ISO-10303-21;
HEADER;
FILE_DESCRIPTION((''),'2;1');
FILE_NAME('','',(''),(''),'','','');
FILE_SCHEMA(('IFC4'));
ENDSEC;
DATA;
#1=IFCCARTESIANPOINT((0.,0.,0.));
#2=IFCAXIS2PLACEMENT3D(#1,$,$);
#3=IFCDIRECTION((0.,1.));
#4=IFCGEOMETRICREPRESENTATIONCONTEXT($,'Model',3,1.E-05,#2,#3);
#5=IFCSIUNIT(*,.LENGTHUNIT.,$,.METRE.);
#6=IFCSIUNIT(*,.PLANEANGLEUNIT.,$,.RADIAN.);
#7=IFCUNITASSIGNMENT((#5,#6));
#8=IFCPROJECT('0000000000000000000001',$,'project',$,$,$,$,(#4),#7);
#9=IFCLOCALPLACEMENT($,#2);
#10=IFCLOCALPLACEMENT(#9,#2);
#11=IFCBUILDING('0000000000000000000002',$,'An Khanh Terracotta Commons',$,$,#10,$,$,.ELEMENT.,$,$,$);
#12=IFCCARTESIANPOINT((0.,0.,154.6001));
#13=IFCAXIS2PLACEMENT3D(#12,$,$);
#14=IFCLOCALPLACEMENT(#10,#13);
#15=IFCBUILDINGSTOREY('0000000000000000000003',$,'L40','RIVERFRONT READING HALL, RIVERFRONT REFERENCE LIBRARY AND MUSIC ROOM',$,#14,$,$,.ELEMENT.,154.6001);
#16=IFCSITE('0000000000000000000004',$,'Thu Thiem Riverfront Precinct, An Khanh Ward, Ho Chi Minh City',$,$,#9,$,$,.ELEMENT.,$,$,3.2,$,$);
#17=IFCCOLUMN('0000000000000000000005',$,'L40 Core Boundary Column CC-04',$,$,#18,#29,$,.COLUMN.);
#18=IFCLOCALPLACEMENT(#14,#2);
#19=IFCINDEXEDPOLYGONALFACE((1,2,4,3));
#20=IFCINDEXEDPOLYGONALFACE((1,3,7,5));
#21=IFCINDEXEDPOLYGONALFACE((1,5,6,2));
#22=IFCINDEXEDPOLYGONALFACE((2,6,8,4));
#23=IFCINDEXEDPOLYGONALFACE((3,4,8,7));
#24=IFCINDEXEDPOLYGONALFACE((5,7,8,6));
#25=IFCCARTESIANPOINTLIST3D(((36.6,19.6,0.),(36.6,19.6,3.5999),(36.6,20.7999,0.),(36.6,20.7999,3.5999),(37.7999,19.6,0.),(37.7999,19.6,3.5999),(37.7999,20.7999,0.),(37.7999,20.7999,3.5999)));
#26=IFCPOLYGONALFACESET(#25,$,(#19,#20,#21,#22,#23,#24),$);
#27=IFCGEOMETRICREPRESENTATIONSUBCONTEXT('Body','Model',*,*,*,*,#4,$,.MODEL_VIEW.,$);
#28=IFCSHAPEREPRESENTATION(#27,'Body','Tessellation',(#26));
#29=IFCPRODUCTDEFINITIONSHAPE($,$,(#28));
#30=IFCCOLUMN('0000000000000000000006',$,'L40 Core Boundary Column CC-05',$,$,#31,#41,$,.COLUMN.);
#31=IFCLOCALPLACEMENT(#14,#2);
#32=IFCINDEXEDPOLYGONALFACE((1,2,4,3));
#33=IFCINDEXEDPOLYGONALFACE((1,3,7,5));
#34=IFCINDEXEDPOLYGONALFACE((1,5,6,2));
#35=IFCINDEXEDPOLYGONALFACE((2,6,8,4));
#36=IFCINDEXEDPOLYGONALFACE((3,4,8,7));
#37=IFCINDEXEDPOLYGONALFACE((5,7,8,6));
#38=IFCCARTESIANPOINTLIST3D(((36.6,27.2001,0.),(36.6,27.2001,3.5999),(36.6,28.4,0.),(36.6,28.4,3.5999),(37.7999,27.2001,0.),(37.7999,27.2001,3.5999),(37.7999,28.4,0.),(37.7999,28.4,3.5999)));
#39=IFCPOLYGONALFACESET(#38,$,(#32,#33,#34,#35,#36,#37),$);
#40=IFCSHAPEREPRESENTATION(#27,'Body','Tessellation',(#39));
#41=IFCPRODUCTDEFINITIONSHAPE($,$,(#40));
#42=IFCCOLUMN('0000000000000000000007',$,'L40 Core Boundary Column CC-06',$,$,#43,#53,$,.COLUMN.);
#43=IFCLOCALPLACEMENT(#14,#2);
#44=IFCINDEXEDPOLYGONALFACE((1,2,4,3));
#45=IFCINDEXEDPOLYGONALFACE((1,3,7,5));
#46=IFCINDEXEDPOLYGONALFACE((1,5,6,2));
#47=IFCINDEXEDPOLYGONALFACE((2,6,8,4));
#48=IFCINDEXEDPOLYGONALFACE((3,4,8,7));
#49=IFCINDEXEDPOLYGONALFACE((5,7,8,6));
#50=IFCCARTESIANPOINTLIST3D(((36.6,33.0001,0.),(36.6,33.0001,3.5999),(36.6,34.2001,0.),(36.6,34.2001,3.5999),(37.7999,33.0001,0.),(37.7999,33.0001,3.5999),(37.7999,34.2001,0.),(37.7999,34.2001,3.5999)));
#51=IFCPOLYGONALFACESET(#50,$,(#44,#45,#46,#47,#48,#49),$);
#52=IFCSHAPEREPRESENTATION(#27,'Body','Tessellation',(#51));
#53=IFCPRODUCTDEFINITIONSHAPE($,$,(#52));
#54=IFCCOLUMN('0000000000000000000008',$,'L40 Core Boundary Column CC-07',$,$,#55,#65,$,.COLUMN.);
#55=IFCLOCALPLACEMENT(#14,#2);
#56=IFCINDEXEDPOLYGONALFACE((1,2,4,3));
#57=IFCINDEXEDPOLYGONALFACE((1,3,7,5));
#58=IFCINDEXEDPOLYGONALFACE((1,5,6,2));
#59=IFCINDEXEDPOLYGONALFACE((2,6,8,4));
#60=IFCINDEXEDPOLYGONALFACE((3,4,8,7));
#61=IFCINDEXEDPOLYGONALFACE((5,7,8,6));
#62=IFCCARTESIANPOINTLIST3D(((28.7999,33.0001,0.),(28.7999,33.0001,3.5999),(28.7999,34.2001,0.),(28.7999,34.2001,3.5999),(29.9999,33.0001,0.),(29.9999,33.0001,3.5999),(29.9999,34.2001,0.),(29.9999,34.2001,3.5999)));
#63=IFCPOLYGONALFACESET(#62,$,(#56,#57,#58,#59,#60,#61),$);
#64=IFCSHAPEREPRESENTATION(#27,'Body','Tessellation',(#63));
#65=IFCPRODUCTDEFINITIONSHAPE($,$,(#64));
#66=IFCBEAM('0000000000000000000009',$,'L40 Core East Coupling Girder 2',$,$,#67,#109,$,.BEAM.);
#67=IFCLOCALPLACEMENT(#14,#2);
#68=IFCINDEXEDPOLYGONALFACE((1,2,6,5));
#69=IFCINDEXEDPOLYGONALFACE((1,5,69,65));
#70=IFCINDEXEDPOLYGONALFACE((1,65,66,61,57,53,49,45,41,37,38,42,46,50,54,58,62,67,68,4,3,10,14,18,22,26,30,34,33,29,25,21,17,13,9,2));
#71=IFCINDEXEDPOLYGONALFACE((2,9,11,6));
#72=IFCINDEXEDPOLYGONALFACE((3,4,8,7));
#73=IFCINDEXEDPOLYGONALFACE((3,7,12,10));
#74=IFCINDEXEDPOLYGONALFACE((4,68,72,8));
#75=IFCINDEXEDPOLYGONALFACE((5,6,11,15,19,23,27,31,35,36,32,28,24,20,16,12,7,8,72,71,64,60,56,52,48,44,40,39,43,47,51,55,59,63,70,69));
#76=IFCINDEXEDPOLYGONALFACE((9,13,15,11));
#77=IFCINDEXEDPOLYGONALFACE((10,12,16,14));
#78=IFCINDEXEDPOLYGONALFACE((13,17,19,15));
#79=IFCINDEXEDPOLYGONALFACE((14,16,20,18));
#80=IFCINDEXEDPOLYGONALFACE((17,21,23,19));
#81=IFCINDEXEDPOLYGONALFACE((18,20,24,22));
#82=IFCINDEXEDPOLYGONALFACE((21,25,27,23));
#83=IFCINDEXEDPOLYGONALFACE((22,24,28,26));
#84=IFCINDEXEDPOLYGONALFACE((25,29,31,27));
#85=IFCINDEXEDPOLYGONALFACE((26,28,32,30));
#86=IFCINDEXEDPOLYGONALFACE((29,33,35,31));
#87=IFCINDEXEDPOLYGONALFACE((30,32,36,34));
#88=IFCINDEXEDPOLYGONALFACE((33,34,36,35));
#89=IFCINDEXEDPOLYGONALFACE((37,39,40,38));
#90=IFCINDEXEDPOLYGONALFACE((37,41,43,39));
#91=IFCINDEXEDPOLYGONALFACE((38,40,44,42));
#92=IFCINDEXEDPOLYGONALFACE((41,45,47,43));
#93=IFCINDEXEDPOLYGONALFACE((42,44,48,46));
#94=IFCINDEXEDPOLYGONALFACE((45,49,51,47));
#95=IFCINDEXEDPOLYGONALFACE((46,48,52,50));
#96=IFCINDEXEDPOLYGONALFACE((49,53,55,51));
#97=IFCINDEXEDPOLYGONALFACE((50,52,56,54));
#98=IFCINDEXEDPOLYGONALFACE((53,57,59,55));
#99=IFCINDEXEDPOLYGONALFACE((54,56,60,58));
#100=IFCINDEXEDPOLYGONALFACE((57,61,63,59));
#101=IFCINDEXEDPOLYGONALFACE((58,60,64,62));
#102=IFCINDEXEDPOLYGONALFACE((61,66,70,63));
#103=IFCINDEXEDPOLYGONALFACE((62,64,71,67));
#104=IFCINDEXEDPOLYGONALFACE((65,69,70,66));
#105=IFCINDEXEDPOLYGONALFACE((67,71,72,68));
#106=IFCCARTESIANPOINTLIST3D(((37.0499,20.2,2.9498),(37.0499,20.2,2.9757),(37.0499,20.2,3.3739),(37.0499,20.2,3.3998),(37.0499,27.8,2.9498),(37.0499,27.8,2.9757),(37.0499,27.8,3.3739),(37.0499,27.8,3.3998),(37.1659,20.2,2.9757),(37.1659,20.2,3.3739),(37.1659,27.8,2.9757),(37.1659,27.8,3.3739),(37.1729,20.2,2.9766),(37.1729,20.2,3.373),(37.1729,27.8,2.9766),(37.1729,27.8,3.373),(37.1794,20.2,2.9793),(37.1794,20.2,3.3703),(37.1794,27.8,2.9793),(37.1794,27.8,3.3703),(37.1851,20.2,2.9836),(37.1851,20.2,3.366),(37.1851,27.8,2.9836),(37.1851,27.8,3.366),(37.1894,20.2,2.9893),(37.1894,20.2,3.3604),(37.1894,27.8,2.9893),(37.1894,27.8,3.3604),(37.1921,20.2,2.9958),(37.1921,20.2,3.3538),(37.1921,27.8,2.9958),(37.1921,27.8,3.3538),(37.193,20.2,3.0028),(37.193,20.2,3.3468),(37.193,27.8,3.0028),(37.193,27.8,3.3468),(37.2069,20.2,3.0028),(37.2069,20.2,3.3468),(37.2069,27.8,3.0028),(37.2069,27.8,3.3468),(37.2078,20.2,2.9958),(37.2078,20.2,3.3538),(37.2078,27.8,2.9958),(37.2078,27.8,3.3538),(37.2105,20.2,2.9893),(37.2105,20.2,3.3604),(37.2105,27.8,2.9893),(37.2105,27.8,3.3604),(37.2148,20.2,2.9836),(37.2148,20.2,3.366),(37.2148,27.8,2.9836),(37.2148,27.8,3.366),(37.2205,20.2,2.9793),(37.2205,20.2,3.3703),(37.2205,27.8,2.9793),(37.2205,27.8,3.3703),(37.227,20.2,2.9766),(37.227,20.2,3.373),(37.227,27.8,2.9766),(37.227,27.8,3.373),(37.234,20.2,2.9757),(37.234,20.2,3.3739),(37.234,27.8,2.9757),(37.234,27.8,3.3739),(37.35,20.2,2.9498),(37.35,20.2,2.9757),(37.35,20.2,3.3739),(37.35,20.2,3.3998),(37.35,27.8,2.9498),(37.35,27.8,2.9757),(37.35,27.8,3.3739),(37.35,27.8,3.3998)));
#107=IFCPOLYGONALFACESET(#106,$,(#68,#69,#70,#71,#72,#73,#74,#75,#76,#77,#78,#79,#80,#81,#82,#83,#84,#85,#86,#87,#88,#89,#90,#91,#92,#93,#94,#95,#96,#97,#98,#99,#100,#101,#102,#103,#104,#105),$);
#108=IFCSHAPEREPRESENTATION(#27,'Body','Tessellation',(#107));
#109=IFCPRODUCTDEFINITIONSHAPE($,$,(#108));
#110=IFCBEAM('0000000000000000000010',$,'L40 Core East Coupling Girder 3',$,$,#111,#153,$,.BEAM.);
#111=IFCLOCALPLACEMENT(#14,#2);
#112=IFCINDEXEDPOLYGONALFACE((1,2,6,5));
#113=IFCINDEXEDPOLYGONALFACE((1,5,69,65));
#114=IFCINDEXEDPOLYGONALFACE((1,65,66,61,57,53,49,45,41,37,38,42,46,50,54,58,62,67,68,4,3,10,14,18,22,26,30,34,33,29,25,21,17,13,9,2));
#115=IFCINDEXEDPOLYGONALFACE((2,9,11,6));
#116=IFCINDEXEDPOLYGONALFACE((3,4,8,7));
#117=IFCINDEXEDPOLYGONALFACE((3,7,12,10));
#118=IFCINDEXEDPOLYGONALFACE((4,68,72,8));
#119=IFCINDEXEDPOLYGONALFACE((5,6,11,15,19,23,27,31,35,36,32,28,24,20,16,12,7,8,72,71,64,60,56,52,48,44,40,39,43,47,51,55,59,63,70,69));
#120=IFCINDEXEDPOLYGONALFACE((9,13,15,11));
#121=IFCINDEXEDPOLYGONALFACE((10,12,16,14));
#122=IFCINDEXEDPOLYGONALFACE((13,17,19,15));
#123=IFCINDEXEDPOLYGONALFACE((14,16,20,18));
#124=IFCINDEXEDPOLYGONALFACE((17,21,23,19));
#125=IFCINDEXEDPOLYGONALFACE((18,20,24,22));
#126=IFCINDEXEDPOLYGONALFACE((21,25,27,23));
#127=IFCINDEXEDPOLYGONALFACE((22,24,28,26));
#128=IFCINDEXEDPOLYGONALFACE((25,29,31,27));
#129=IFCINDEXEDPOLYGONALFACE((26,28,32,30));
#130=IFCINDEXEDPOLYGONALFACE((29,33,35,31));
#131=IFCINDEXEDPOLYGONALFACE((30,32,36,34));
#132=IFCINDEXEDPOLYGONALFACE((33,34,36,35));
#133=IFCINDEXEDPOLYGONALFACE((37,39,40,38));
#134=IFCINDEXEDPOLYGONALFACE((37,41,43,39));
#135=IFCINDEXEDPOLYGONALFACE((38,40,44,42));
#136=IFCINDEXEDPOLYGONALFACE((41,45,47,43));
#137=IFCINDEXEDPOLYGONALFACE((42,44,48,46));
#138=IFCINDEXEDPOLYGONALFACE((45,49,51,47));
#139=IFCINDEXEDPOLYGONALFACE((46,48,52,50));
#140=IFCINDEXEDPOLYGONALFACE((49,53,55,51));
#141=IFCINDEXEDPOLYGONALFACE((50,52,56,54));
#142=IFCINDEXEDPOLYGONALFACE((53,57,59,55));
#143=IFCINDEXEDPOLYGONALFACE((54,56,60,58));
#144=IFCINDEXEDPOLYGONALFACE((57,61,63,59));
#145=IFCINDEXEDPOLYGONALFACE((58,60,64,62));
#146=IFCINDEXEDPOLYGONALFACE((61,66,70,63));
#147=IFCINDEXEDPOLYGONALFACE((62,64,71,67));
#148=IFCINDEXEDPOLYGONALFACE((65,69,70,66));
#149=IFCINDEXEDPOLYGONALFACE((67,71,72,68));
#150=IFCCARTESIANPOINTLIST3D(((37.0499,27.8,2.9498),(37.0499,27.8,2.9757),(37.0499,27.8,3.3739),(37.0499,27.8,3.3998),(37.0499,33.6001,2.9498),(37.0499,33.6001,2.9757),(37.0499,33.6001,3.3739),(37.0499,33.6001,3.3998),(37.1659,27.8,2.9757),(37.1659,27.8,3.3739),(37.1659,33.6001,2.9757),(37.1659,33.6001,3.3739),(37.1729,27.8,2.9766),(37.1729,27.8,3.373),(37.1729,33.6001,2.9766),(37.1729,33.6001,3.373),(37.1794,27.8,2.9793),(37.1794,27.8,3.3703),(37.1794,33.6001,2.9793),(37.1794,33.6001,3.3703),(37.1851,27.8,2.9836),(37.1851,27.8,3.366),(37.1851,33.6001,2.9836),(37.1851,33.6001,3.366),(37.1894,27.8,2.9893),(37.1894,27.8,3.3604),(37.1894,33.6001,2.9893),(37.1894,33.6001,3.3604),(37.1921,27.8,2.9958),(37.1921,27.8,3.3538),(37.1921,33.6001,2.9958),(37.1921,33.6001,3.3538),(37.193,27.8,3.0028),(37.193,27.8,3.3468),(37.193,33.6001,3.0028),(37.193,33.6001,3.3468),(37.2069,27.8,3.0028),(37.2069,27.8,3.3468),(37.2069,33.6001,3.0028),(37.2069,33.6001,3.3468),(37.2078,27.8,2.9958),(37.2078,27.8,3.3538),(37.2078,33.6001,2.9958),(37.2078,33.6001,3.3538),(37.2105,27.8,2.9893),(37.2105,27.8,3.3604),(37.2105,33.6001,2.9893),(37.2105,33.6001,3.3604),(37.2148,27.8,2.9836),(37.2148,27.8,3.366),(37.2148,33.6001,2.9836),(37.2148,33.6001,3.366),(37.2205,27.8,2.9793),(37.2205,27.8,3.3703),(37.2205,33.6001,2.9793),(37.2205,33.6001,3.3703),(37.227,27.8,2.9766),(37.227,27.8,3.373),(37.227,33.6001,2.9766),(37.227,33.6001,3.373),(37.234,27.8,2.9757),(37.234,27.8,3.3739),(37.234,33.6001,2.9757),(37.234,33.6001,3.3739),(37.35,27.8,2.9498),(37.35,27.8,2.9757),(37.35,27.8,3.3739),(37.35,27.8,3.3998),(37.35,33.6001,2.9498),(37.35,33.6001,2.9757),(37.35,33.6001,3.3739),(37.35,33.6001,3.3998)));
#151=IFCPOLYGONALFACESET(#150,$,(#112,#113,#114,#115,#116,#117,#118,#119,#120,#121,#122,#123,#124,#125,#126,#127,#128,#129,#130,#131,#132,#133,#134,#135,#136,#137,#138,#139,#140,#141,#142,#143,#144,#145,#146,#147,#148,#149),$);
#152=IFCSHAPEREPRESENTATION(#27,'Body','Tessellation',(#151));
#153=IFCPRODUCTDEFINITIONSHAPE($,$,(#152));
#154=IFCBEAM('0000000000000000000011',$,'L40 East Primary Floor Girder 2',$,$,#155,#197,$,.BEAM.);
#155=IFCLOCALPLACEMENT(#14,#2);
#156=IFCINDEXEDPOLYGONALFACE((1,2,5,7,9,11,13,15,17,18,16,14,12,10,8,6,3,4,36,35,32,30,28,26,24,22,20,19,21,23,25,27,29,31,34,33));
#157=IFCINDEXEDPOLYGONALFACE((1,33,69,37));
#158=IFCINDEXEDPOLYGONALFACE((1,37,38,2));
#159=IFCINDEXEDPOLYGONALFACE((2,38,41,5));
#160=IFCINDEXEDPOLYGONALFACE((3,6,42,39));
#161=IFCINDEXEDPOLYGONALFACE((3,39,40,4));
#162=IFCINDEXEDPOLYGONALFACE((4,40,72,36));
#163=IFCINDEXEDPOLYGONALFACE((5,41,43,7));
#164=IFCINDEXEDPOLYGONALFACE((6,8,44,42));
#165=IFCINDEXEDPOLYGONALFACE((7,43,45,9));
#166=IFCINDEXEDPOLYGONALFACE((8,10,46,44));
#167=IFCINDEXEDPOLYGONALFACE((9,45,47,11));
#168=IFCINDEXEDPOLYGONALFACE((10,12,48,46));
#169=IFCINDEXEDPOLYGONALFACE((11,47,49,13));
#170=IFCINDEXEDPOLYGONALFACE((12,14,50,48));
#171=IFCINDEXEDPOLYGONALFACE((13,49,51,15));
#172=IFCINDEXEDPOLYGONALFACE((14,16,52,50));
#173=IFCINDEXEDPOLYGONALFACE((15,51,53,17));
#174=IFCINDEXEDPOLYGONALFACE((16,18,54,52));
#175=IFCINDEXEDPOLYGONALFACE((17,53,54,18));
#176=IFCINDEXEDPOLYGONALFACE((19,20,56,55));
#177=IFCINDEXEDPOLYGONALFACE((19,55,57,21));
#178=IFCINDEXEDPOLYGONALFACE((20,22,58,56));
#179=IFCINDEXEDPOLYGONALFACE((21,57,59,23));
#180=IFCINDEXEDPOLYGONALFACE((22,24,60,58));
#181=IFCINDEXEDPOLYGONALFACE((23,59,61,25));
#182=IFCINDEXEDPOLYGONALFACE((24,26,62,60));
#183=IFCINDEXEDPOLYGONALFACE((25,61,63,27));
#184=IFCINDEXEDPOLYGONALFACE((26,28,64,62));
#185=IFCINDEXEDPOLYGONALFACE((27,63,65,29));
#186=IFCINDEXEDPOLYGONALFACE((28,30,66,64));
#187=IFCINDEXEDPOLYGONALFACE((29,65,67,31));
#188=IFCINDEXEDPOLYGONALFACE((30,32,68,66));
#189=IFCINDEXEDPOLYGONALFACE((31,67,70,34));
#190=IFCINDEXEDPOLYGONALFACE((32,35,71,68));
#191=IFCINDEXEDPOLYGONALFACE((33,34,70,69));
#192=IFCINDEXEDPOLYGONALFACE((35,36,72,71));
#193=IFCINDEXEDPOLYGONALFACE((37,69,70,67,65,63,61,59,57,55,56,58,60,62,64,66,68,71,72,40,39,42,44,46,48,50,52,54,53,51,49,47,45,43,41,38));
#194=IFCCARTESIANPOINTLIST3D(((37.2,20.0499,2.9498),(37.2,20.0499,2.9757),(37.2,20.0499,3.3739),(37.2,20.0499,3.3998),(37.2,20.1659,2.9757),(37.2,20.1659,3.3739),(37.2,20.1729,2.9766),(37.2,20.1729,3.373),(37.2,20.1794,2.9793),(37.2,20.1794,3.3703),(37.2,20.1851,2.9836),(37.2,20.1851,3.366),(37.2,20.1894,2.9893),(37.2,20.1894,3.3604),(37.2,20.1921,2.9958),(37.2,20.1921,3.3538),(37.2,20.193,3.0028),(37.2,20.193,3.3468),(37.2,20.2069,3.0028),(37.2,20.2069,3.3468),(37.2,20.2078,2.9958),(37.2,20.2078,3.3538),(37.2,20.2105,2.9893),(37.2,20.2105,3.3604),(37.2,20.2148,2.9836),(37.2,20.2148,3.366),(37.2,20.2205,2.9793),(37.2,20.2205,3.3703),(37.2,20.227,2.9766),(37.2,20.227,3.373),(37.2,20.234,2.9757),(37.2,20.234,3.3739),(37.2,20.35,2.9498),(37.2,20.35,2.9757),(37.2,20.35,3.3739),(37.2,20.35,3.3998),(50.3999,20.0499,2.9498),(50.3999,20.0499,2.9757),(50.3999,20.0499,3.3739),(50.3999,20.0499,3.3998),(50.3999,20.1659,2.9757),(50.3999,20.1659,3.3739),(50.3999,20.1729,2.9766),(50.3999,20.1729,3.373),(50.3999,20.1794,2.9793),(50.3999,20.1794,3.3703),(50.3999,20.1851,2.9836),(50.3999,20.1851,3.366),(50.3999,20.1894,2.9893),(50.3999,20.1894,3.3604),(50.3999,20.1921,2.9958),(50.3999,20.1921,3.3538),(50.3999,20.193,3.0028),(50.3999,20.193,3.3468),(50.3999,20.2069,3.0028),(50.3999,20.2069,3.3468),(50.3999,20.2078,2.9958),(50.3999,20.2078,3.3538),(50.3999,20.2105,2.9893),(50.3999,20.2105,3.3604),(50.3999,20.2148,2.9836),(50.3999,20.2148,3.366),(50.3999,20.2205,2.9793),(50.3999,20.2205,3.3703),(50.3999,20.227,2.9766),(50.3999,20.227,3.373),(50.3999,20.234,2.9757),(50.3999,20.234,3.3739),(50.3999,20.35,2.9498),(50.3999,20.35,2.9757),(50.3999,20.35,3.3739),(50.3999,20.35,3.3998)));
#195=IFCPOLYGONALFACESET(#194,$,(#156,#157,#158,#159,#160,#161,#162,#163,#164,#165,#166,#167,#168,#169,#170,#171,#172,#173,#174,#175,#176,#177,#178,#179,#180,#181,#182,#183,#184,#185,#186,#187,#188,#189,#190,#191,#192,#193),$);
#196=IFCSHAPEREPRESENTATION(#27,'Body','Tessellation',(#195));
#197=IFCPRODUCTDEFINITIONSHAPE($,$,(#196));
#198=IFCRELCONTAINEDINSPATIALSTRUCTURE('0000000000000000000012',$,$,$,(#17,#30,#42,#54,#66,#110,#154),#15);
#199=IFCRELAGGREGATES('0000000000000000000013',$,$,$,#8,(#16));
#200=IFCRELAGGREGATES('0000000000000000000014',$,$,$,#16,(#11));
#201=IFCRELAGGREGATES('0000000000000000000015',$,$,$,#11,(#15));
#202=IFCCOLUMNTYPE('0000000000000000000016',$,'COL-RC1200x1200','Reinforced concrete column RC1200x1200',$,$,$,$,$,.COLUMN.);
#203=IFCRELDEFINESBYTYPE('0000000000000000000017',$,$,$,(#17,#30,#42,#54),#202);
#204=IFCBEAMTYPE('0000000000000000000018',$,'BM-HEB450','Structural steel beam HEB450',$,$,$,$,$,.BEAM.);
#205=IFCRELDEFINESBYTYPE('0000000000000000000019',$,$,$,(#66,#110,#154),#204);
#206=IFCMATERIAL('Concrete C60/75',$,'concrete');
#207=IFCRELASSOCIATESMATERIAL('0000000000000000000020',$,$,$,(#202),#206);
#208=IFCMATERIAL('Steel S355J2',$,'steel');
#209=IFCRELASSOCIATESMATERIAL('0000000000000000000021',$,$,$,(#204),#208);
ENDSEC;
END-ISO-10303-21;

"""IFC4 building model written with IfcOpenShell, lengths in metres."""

from ifc_helpers import new_model, si_unit, direction, frame, origin, origin_2d, place, context, subcontext, project, spatial, rectangle, i_section, extrude, material, material_profile, profile_set, type_object, element, save


model = new_model("IFC4")

# Units and contexts
model_context = context("Model", 3, precision=1e-05, world=origin(), true_north=direction((0.0, 1.0)))
body_context = subcontext(model_context, "Body", "Model", "MODEL_VIEW")
ifc_project = project(units=[si_unit("LENGTHUNIT", "METRE"), si_unit("PLANEANGLEUNIT", "RADIAN")], contexts=[model_context])

# Site, building, storey
site_placement = place(None, origin())
site = spatial("IfcSite", under=ifc_project, at=site_placement, Name="Thu Thiem Riverfront Precinct, An Khanh Ward, Ho Chi Minh City", CompositionType="ELEMENT", RefElevation=3.2)
building_placement = place(site_placement, origin())
building = spatial("IfcBuilding", under=site, at=building_placement, Name="An Khanh Terracotta Commons", CompositionType="ELEMENT")
storey_placement = place(building_placement, frame((0.0, 0.0, 154.6001)))
storey = spatial("IfcBuildingStorey", under=building, at=storey_placement, Name="L40", Description="RIVERFRONT READING HALL, RIVERFRONT REFERENCE LIBRARY AND MUSIC ROOM", CompositionType="ELEMENT", Elevation=154.6001)

# Columns
ifc_material_1 = material(Name="Concrete C60/75", Category="concrete")
ifc_material_profile_1 = material_profile(ifc_material_1, rectangle(XDim=1.2, YDim=1.2, at=origin_2d()), Name="RC1200x1200")
ifc_profile_set_1 = profile_set([ifc_material_profile_1], Name="Concrete C60/75")
column_type = type_object("IfcColumnType", Name="COL-RC1200x1200", Description="Reinforced concrete column RC1200x1200", PredefinedType="COLUMN", material=ifc_profile_set_1)
for number, where, z_axis, x_axis, name in (
    (1, (37.2, 20.2, 0.0), (0.0, 0.0, 1.0), (1.0, 0.0, 0.0), "L40 Core Boundary Column CC-04"),
    (2, (37.2, 27.8, 0.0), (0.0, 0.0, 1.0), (1.0, 0.0, 0.0), "L40 Core Boundary Column CC-05"),
    (3, (37.2, 33.6001, 0.0), (0.0, 0.0, 1.0), (1.0, 0.0, 0.0), "L40 Core Boundary Column CC-06"),
    (4, (29.3999, 33.6001, 0.0), (0.0, 0.0, 1.0), (1.0, 0.0, 0.0), "L40 Core Boundary Column CC-07"),
):
    element("IfcColumn", number, at=place(storey_placement, frame(where, z_axis=z_axis, x_axis=x_axis)), inside=storey, type_object=column_type, Name=name, PredefinedType="COLUMN", context=body_context, shape_type="SweptSolid", body=[
        extrude(rectangle(XDim=1.2, YDim=1.2, at=origin_2d()), origin(), (0.0, 0.0, 1.0), 3.5999),
    ])

# Beams
ifc_material_2 = material(Name="Steel S355J2", Category="steel")
ifc_material_profile_2 = material_profile(ifc_material_2, i_section(OverallWidth=0.3, OverallDepth=0.45, WebThickness=0.0139, FlangeThickness=0.0259, FilletRadius=0.0271, at=origin_2d()), Name="HEB450")
ifc_profile_set_2 = profile_set([ifc_material_profile_2], Name="Steel S355J2")
beam_type = type_object("IfcBeamType", Name="BM-HEB450", Description="Structural steel beam HEB450", PredefinedType="BEAM", material=ifc_profile_set_2)
beam_1_placement = place(storey_placement, frame((37.2, 20.2, 3.1748), z_axis=(0.0, 1.0, 0.0), x_axis=(-1.0, 0.0, 0.0)))
element("IfcBeam", 5, at=beam_1_placement, inside=storey, type_object=beam_type, Name="L40 Core East Coupling Girder 2", PredefinedType="BEAM", context=body_context, shape_type="SweptSolid", body=[
    extrude(i_section(OverallWidth=0.3, OverallDepth=0.45, WebThickness=0.0139, FlangeThickness=0.0259, FilletRadius=0.0271, at=origin_2d()), origin(), (0.0, 0.0, 1.0), 7.6001),
])
beam_2_placement = place(storey_placement, frame((37.2, 27.8, 3.1748), z_axis=(0.0, 1.0, 0.0), x_axis=(-1.0, 0.0, 0.0)))
element("IfcBeam", 6, at=beam_2_placement, inside=storey, type_object=beam_type, Name="L40 Core East Coupling Girder 3", PredefinedType="BEAM", context=body_context, shape_type="SweptSolid", body=[
    extrude(i_section(OverallWidth=0.3, OverallDepth=0.45, WebThickness=0.0139, FlangeThickness=0.0259, FilletRadius=0.0271, at=origin_2d()), origin(), (0.0, 0.0, 1.0), 5.8),
])
beam_3_placement = place(storey_placement, frame((37.2, 20.2, 3.1748), z_axis=(1.0, 0.0, 0.0), x_axis=(0.0, 1.0, 0.0)))
element("IfcBeam", 7, at=beam_3_placement, inside=storey, type_object=beam_type, Name="L40 East Primary Floor Girder 2", PredefinedType="BEAM", context=body_context, shape_type="SweptSolid", body=[
    extrude(i_section(OverallWidth=0.3, OverallDepth=0.45, WebThickness=0.0139, FlangeThickness=0.0259, FilletRadius=0.0271, at=origin_2d()), origin(), (0.0, 0.0, 1.0), 13.2),
])

save(model, "model.ifc")
